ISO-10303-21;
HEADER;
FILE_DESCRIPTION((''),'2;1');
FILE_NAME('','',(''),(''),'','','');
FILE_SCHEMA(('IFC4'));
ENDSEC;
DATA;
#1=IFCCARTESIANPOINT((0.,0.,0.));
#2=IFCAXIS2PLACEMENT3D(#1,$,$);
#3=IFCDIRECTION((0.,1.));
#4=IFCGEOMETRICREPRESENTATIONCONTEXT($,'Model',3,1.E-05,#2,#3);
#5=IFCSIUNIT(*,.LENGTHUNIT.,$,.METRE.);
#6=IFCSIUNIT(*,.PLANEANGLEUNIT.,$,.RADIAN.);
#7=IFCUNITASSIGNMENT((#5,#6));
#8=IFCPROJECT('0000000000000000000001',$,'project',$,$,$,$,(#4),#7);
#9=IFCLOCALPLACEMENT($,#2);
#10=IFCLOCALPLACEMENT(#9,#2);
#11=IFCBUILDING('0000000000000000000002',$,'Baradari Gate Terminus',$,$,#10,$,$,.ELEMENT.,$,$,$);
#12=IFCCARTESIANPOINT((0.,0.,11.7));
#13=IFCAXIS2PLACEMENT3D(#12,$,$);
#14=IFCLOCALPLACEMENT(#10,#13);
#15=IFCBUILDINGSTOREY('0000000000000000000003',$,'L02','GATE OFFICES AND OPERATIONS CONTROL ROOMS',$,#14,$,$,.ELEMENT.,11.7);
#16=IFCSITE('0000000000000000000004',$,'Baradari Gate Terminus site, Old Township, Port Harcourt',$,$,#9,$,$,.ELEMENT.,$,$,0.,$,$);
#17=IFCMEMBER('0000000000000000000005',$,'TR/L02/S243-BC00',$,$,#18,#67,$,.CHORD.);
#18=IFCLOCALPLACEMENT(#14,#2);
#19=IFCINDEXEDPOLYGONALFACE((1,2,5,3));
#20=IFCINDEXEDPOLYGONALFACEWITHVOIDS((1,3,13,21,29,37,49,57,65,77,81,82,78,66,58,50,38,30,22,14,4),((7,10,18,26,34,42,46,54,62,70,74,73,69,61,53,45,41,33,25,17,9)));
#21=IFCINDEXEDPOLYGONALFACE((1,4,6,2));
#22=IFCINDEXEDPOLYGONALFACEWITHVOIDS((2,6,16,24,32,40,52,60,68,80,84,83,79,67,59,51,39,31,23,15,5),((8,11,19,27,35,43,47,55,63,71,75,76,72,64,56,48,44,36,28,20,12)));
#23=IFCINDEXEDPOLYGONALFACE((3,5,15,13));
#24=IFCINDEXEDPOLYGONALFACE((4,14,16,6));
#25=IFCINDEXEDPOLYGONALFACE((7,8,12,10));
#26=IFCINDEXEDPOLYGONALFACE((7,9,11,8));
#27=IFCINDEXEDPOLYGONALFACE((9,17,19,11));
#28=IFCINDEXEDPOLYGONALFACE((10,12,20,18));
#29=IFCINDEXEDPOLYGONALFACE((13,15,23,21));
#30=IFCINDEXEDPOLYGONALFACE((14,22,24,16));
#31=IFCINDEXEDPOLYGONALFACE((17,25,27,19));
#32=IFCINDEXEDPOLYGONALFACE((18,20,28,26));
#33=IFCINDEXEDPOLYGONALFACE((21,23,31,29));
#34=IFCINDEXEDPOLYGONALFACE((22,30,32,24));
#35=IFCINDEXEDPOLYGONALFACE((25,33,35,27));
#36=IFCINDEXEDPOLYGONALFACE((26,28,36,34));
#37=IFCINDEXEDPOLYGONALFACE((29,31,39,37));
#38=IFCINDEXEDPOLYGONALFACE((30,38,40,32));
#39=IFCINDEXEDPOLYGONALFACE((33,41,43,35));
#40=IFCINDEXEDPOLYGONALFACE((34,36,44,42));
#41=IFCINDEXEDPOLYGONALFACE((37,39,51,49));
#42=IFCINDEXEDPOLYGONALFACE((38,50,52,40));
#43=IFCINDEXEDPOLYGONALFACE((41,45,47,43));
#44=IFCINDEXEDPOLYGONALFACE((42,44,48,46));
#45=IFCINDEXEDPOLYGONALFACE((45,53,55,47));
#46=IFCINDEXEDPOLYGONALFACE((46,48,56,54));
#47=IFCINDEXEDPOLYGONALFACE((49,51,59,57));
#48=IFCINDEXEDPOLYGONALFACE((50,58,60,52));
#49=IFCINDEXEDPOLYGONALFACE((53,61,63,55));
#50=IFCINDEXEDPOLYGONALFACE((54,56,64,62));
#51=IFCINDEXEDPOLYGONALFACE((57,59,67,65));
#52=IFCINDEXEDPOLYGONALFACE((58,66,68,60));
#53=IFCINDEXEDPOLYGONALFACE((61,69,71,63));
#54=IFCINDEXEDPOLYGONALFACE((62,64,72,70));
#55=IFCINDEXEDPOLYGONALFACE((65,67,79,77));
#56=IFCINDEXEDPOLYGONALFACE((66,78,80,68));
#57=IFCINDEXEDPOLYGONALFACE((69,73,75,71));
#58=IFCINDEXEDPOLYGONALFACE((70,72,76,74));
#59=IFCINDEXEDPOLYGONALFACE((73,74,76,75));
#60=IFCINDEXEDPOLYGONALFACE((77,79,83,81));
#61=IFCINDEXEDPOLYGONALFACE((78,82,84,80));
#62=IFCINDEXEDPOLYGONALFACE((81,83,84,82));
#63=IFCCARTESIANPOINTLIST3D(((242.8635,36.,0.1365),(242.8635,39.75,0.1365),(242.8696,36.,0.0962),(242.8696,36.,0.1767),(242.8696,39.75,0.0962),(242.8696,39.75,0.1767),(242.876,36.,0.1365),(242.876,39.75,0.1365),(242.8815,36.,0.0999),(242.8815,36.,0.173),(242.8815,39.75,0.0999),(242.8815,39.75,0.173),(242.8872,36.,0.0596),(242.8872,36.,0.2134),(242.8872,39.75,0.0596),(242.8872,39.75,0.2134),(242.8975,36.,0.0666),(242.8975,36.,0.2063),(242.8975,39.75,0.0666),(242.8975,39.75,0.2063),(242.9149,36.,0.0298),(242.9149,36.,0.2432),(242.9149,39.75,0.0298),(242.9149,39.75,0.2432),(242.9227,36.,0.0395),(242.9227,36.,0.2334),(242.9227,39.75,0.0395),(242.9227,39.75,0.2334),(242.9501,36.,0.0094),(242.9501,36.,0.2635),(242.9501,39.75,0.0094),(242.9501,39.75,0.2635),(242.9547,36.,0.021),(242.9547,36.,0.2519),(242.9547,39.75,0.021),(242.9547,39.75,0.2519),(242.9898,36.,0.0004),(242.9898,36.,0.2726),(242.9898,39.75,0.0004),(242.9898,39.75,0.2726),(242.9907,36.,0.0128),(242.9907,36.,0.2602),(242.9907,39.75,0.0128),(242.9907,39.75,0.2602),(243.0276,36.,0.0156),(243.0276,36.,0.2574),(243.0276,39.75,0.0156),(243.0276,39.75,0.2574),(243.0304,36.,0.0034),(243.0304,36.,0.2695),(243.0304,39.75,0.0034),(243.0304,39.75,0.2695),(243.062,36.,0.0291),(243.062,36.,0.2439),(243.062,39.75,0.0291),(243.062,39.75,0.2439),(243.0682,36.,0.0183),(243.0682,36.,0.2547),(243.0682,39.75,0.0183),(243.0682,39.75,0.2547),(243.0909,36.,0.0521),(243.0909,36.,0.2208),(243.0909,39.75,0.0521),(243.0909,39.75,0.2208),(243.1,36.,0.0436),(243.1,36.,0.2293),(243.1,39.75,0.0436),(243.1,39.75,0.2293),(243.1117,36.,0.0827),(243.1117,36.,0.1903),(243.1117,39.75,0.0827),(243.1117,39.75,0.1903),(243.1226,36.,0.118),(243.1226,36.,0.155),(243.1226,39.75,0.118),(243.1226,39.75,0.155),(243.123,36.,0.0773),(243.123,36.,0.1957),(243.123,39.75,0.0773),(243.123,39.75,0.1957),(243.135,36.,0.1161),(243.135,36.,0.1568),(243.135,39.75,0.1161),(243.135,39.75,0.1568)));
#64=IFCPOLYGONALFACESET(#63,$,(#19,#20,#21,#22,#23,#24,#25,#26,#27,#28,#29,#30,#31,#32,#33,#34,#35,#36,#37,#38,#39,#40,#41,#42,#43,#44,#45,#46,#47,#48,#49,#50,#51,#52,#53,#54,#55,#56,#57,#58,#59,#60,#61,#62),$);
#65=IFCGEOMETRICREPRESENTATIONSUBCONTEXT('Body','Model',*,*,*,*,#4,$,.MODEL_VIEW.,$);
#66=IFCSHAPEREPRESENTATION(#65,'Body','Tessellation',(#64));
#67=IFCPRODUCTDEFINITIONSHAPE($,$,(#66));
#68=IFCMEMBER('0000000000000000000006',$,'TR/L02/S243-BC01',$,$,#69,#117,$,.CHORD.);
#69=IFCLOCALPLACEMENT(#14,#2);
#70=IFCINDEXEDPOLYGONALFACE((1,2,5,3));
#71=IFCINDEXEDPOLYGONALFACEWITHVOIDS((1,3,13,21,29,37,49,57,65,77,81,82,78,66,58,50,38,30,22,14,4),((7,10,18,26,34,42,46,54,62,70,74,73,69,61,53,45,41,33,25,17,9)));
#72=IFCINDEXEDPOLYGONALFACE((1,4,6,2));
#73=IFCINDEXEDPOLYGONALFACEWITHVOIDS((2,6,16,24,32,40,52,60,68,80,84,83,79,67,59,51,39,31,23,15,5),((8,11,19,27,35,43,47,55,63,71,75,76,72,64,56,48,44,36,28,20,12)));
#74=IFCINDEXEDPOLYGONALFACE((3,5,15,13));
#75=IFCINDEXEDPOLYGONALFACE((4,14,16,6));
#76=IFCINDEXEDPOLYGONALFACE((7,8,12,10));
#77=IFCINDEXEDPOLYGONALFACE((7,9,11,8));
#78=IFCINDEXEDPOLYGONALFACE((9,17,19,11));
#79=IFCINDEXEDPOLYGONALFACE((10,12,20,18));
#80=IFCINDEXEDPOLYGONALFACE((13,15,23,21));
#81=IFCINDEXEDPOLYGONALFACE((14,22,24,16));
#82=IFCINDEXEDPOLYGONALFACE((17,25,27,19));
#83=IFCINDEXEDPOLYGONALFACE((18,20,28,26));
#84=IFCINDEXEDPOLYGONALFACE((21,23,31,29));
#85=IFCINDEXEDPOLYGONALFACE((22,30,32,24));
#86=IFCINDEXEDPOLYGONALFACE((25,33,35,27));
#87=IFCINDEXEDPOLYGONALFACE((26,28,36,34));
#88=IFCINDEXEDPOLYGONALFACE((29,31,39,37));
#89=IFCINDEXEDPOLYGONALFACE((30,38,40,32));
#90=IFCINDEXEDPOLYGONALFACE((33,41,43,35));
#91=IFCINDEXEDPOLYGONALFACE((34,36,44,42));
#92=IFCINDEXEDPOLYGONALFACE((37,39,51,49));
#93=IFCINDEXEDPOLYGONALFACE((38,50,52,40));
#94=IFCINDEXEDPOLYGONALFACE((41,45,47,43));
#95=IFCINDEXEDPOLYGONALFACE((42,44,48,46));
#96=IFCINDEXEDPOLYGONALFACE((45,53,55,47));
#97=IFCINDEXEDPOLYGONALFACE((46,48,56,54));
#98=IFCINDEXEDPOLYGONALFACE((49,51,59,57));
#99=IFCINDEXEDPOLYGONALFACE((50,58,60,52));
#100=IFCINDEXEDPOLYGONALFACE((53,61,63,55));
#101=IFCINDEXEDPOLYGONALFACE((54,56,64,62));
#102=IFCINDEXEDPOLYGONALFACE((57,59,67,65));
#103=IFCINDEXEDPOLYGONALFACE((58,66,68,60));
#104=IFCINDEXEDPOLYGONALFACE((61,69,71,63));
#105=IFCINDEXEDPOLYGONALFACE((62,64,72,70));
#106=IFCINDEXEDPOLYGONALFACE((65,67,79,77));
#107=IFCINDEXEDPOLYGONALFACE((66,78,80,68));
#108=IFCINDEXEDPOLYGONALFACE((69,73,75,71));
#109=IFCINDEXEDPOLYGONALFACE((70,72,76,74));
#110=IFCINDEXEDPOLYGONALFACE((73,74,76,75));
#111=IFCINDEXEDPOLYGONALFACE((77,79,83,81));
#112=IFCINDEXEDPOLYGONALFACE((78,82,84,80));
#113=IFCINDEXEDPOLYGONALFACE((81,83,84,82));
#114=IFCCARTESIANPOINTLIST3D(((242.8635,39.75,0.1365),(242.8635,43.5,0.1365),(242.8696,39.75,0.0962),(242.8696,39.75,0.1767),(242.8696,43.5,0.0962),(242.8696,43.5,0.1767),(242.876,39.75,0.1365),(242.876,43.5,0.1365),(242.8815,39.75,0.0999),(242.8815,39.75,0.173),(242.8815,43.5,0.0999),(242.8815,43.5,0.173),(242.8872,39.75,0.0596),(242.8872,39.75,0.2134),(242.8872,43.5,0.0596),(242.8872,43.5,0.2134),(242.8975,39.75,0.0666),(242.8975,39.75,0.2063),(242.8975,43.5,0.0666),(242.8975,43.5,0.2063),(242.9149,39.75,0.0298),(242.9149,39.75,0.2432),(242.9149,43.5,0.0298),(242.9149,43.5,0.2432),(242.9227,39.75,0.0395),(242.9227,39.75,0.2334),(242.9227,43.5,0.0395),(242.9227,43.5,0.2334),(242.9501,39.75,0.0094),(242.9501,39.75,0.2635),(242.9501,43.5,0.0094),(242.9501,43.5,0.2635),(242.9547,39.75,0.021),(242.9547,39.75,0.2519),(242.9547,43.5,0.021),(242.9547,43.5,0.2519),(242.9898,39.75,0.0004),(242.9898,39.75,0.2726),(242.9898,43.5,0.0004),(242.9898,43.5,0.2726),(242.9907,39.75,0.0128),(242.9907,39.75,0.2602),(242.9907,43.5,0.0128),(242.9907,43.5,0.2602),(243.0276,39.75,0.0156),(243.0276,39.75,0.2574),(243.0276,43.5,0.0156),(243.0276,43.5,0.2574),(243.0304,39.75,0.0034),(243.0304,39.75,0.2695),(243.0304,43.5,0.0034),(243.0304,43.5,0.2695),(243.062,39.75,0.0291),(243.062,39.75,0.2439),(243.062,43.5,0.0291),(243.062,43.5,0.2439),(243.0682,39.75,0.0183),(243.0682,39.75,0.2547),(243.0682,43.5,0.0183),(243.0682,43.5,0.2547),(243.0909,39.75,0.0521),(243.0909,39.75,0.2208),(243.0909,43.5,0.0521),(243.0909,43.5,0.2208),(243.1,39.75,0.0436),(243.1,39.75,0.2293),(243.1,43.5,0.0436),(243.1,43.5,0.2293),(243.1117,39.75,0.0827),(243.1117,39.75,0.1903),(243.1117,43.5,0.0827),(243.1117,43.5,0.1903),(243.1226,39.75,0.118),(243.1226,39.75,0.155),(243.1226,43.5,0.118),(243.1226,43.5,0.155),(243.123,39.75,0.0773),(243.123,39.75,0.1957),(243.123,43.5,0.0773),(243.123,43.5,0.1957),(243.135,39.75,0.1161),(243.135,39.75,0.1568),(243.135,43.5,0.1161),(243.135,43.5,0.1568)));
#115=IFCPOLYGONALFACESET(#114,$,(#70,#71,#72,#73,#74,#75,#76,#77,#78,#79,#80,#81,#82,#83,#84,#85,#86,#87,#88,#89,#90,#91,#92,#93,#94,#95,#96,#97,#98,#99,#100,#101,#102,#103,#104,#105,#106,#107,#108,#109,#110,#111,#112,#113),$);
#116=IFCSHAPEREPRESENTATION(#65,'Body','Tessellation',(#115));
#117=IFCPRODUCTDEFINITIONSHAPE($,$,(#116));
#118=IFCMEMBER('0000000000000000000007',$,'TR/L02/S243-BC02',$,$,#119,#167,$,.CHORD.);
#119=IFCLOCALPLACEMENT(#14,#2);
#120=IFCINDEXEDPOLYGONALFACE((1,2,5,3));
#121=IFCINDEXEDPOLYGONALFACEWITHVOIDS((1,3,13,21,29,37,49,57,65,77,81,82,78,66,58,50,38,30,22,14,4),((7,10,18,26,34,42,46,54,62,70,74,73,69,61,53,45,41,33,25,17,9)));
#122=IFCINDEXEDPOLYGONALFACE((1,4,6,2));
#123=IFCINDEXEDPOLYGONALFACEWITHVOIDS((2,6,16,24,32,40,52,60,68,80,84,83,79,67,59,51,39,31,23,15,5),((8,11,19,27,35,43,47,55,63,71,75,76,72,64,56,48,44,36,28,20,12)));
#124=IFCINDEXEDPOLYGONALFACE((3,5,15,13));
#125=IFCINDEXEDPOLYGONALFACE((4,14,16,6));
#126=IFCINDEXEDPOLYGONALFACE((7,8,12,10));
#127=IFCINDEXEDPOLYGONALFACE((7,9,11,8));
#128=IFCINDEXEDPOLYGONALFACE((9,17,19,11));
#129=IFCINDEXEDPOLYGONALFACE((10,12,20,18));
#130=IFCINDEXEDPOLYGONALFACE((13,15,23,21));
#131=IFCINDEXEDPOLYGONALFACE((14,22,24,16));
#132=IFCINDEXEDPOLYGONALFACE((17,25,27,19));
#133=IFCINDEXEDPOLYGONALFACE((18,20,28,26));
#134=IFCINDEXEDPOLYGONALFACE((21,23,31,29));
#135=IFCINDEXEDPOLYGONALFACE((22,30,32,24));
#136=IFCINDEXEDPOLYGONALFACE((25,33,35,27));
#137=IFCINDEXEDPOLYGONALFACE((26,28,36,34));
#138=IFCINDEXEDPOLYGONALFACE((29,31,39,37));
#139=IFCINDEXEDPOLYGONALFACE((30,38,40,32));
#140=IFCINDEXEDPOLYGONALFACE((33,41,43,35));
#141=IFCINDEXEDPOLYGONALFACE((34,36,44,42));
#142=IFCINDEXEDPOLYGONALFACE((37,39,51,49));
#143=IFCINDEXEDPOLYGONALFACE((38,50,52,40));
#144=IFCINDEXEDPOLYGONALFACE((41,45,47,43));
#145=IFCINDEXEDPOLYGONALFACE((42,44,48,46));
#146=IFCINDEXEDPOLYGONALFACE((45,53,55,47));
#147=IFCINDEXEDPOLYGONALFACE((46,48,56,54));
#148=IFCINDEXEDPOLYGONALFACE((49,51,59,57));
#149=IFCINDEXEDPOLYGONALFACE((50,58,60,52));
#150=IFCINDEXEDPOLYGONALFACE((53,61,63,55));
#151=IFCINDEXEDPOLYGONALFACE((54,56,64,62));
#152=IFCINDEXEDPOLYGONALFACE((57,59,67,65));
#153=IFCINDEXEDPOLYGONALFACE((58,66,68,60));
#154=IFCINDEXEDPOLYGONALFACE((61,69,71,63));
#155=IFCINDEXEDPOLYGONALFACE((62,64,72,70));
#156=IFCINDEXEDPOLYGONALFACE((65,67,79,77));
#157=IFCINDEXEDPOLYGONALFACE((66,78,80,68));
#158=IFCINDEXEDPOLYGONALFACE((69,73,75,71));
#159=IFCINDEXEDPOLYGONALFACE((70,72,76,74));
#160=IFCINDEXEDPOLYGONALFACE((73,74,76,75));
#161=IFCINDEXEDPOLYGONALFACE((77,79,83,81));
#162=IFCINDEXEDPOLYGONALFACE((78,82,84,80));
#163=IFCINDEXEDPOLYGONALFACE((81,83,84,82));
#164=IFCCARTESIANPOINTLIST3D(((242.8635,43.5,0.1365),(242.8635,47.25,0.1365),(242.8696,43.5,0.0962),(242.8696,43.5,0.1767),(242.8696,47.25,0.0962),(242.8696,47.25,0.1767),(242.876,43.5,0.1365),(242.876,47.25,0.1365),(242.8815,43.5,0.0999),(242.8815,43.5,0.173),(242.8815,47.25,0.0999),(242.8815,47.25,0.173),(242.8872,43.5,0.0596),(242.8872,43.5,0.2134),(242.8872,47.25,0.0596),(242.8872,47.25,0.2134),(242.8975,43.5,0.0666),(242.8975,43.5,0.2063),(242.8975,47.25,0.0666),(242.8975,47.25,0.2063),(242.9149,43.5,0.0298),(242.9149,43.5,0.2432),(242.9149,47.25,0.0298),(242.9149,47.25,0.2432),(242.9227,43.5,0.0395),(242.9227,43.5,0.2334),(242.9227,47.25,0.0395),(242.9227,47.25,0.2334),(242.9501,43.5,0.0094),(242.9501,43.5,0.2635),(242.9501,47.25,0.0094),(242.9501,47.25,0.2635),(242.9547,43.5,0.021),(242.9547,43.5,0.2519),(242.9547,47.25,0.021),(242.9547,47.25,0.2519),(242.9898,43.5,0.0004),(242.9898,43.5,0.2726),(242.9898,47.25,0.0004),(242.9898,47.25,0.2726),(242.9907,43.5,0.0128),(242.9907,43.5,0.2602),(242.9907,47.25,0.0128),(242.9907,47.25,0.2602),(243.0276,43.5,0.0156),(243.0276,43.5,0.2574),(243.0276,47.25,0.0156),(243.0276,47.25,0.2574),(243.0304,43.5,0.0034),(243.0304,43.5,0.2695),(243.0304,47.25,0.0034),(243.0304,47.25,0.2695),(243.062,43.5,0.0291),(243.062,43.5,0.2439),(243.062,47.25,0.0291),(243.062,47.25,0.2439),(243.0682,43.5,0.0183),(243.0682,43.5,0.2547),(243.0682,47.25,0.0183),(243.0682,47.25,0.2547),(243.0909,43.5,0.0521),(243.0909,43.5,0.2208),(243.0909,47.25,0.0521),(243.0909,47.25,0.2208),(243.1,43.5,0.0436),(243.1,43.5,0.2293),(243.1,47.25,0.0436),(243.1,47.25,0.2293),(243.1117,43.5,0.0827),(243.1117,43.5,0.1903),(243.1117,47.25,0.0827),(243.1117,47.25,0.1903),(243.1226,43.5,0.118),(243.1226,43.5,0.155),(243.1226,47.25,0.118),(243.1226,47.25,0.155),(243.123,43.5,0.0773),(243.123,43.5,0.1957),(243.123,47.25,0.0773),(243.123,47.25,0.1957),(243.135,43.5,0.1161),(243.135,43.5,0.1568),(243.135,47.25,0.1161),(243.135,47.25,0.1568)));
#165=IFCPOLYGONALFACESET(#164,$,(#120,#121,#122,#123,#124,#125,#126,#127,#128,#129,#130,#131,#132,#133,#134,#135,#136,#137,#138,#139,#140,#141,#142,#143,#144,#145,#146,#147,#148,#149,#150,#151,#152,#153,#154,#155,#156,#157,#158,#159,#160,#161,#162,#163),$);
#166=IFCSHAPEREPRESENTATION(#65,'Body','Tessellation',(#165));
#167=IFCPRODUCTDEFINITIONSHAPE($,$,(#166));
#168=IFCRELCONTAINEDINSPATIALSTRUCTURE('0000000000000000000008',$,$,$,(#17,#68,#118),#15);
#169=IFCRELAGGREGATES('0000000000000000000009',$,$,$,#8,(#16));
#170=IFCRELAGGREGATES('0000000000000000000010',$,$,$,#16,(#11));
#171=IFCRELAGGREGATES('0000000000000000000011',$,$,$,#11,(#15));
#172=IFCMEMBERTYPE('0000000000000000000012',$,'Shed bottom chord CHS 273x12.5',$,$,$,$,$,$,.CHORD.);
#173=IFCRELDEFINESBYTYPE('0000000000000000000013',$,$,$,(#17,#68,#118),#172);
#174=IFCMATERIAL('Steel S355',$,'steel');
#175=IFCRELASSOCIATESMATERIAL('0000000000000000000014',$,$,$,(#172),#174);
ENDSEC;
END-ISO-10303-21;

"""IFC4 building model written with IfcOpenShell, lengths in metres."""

from ifc_helpers import new_model, si_unit, direction, frame, origin, origin_2d, place, context, subcontext, project, spatial, hollow_circle, extrude, material, material_profile, profile_set, type_object, element, save


model = new_model("IFC4")

# Units and contexts
model_context = context("Model", 3, precision=1e-05, world=origin(), true_north=direction((0.0, 1.0)))
body_context = subcontext(model_context, "Body", "Model", "MODEL_VIEW")
ifc_project = project(units=[si_unit("LENGTHUNIT", "METRE"), si_unit("PLANEANGLEUNIT", "RADIAN")], contexts=[model_context])

# Site, building, storey
site_placement = place(None, origin())
site = spatial("IfcSite", under=ifc_project, at=site_placement, Name="Baradari Gate Terminus site, Old Township, Port Harcourt", CompositionType="ELEMENT", RefElevation=0.0)
building_placement = place(site_placement, origin())
building = spatial("IfcBuilding", under=site, at=building_placement, Name="Baradari Gate Terminus", CompositionType="ELEMENT")
storey_placement = place(building_placement, frame((0.0, 0.0, 11.7)))
storey = spatial("IfcBuildingStorey", under=building, at=storey_placement, Name="L02", Description="GATE OFFICES AND OPERATIONS CONTROL ROOMS", CompositionType="ELEMENT", Elevation=11.7)

# Members
ifc_material_1 = material(Name="Steel S355", Category="steel")
ifc_material_profile_1 = material_profile(ifc_material_1, hollow_circle(Radius=0.1365, WallThickness=0.0125, at=origin_2d()), Name="CHS 273x12.5")
ifc_profile_set_1 = profile_set([ifc_material_profile_1], Name="Steel S355")
member_type_1 = type_object("IfcMemberType", Name="Shed bottom chord CHS 273x12.5", PredefinedType="CHORD", material=ifc_profile_set_1)
for number, where, z_axis, x_axis, name in (
    (1, (243.0, 36.0, 0.1365), (0.0, 1.0, 0.0), (-1.0, 0.0, 0.0), "TR/L02/S243-BC00"),
    (2, (243.0, 39.75, 0.1365), (0.0, 1.0, 0.0), (-1.0, 0.0, 0.0), "TR/L02/S243-BC01"),
    (3, (243.0, 43.5, 0.1365), (0.0, 1.0, 0.0), (-1.0, 0.0, 0.0), "TR/L02/S243-BC02"),
):
    element("IfcMember", number, at=place(storey_placement, frame(where, z_axis=z_axis, x_axis=x_axis)), inside=storey, type_object=member_type_1, Name=name, PredefinedType="CHORD", context=body_context, shape_type="SweptSolid", body=[
        extrude(hollow_circle(Radius=0.1365, WallThickness=0.0125, at=origin_2d()), origin(), (0.0, 0.0, 1.0), 3.75),
    ])

save(model, "model.ifc")
